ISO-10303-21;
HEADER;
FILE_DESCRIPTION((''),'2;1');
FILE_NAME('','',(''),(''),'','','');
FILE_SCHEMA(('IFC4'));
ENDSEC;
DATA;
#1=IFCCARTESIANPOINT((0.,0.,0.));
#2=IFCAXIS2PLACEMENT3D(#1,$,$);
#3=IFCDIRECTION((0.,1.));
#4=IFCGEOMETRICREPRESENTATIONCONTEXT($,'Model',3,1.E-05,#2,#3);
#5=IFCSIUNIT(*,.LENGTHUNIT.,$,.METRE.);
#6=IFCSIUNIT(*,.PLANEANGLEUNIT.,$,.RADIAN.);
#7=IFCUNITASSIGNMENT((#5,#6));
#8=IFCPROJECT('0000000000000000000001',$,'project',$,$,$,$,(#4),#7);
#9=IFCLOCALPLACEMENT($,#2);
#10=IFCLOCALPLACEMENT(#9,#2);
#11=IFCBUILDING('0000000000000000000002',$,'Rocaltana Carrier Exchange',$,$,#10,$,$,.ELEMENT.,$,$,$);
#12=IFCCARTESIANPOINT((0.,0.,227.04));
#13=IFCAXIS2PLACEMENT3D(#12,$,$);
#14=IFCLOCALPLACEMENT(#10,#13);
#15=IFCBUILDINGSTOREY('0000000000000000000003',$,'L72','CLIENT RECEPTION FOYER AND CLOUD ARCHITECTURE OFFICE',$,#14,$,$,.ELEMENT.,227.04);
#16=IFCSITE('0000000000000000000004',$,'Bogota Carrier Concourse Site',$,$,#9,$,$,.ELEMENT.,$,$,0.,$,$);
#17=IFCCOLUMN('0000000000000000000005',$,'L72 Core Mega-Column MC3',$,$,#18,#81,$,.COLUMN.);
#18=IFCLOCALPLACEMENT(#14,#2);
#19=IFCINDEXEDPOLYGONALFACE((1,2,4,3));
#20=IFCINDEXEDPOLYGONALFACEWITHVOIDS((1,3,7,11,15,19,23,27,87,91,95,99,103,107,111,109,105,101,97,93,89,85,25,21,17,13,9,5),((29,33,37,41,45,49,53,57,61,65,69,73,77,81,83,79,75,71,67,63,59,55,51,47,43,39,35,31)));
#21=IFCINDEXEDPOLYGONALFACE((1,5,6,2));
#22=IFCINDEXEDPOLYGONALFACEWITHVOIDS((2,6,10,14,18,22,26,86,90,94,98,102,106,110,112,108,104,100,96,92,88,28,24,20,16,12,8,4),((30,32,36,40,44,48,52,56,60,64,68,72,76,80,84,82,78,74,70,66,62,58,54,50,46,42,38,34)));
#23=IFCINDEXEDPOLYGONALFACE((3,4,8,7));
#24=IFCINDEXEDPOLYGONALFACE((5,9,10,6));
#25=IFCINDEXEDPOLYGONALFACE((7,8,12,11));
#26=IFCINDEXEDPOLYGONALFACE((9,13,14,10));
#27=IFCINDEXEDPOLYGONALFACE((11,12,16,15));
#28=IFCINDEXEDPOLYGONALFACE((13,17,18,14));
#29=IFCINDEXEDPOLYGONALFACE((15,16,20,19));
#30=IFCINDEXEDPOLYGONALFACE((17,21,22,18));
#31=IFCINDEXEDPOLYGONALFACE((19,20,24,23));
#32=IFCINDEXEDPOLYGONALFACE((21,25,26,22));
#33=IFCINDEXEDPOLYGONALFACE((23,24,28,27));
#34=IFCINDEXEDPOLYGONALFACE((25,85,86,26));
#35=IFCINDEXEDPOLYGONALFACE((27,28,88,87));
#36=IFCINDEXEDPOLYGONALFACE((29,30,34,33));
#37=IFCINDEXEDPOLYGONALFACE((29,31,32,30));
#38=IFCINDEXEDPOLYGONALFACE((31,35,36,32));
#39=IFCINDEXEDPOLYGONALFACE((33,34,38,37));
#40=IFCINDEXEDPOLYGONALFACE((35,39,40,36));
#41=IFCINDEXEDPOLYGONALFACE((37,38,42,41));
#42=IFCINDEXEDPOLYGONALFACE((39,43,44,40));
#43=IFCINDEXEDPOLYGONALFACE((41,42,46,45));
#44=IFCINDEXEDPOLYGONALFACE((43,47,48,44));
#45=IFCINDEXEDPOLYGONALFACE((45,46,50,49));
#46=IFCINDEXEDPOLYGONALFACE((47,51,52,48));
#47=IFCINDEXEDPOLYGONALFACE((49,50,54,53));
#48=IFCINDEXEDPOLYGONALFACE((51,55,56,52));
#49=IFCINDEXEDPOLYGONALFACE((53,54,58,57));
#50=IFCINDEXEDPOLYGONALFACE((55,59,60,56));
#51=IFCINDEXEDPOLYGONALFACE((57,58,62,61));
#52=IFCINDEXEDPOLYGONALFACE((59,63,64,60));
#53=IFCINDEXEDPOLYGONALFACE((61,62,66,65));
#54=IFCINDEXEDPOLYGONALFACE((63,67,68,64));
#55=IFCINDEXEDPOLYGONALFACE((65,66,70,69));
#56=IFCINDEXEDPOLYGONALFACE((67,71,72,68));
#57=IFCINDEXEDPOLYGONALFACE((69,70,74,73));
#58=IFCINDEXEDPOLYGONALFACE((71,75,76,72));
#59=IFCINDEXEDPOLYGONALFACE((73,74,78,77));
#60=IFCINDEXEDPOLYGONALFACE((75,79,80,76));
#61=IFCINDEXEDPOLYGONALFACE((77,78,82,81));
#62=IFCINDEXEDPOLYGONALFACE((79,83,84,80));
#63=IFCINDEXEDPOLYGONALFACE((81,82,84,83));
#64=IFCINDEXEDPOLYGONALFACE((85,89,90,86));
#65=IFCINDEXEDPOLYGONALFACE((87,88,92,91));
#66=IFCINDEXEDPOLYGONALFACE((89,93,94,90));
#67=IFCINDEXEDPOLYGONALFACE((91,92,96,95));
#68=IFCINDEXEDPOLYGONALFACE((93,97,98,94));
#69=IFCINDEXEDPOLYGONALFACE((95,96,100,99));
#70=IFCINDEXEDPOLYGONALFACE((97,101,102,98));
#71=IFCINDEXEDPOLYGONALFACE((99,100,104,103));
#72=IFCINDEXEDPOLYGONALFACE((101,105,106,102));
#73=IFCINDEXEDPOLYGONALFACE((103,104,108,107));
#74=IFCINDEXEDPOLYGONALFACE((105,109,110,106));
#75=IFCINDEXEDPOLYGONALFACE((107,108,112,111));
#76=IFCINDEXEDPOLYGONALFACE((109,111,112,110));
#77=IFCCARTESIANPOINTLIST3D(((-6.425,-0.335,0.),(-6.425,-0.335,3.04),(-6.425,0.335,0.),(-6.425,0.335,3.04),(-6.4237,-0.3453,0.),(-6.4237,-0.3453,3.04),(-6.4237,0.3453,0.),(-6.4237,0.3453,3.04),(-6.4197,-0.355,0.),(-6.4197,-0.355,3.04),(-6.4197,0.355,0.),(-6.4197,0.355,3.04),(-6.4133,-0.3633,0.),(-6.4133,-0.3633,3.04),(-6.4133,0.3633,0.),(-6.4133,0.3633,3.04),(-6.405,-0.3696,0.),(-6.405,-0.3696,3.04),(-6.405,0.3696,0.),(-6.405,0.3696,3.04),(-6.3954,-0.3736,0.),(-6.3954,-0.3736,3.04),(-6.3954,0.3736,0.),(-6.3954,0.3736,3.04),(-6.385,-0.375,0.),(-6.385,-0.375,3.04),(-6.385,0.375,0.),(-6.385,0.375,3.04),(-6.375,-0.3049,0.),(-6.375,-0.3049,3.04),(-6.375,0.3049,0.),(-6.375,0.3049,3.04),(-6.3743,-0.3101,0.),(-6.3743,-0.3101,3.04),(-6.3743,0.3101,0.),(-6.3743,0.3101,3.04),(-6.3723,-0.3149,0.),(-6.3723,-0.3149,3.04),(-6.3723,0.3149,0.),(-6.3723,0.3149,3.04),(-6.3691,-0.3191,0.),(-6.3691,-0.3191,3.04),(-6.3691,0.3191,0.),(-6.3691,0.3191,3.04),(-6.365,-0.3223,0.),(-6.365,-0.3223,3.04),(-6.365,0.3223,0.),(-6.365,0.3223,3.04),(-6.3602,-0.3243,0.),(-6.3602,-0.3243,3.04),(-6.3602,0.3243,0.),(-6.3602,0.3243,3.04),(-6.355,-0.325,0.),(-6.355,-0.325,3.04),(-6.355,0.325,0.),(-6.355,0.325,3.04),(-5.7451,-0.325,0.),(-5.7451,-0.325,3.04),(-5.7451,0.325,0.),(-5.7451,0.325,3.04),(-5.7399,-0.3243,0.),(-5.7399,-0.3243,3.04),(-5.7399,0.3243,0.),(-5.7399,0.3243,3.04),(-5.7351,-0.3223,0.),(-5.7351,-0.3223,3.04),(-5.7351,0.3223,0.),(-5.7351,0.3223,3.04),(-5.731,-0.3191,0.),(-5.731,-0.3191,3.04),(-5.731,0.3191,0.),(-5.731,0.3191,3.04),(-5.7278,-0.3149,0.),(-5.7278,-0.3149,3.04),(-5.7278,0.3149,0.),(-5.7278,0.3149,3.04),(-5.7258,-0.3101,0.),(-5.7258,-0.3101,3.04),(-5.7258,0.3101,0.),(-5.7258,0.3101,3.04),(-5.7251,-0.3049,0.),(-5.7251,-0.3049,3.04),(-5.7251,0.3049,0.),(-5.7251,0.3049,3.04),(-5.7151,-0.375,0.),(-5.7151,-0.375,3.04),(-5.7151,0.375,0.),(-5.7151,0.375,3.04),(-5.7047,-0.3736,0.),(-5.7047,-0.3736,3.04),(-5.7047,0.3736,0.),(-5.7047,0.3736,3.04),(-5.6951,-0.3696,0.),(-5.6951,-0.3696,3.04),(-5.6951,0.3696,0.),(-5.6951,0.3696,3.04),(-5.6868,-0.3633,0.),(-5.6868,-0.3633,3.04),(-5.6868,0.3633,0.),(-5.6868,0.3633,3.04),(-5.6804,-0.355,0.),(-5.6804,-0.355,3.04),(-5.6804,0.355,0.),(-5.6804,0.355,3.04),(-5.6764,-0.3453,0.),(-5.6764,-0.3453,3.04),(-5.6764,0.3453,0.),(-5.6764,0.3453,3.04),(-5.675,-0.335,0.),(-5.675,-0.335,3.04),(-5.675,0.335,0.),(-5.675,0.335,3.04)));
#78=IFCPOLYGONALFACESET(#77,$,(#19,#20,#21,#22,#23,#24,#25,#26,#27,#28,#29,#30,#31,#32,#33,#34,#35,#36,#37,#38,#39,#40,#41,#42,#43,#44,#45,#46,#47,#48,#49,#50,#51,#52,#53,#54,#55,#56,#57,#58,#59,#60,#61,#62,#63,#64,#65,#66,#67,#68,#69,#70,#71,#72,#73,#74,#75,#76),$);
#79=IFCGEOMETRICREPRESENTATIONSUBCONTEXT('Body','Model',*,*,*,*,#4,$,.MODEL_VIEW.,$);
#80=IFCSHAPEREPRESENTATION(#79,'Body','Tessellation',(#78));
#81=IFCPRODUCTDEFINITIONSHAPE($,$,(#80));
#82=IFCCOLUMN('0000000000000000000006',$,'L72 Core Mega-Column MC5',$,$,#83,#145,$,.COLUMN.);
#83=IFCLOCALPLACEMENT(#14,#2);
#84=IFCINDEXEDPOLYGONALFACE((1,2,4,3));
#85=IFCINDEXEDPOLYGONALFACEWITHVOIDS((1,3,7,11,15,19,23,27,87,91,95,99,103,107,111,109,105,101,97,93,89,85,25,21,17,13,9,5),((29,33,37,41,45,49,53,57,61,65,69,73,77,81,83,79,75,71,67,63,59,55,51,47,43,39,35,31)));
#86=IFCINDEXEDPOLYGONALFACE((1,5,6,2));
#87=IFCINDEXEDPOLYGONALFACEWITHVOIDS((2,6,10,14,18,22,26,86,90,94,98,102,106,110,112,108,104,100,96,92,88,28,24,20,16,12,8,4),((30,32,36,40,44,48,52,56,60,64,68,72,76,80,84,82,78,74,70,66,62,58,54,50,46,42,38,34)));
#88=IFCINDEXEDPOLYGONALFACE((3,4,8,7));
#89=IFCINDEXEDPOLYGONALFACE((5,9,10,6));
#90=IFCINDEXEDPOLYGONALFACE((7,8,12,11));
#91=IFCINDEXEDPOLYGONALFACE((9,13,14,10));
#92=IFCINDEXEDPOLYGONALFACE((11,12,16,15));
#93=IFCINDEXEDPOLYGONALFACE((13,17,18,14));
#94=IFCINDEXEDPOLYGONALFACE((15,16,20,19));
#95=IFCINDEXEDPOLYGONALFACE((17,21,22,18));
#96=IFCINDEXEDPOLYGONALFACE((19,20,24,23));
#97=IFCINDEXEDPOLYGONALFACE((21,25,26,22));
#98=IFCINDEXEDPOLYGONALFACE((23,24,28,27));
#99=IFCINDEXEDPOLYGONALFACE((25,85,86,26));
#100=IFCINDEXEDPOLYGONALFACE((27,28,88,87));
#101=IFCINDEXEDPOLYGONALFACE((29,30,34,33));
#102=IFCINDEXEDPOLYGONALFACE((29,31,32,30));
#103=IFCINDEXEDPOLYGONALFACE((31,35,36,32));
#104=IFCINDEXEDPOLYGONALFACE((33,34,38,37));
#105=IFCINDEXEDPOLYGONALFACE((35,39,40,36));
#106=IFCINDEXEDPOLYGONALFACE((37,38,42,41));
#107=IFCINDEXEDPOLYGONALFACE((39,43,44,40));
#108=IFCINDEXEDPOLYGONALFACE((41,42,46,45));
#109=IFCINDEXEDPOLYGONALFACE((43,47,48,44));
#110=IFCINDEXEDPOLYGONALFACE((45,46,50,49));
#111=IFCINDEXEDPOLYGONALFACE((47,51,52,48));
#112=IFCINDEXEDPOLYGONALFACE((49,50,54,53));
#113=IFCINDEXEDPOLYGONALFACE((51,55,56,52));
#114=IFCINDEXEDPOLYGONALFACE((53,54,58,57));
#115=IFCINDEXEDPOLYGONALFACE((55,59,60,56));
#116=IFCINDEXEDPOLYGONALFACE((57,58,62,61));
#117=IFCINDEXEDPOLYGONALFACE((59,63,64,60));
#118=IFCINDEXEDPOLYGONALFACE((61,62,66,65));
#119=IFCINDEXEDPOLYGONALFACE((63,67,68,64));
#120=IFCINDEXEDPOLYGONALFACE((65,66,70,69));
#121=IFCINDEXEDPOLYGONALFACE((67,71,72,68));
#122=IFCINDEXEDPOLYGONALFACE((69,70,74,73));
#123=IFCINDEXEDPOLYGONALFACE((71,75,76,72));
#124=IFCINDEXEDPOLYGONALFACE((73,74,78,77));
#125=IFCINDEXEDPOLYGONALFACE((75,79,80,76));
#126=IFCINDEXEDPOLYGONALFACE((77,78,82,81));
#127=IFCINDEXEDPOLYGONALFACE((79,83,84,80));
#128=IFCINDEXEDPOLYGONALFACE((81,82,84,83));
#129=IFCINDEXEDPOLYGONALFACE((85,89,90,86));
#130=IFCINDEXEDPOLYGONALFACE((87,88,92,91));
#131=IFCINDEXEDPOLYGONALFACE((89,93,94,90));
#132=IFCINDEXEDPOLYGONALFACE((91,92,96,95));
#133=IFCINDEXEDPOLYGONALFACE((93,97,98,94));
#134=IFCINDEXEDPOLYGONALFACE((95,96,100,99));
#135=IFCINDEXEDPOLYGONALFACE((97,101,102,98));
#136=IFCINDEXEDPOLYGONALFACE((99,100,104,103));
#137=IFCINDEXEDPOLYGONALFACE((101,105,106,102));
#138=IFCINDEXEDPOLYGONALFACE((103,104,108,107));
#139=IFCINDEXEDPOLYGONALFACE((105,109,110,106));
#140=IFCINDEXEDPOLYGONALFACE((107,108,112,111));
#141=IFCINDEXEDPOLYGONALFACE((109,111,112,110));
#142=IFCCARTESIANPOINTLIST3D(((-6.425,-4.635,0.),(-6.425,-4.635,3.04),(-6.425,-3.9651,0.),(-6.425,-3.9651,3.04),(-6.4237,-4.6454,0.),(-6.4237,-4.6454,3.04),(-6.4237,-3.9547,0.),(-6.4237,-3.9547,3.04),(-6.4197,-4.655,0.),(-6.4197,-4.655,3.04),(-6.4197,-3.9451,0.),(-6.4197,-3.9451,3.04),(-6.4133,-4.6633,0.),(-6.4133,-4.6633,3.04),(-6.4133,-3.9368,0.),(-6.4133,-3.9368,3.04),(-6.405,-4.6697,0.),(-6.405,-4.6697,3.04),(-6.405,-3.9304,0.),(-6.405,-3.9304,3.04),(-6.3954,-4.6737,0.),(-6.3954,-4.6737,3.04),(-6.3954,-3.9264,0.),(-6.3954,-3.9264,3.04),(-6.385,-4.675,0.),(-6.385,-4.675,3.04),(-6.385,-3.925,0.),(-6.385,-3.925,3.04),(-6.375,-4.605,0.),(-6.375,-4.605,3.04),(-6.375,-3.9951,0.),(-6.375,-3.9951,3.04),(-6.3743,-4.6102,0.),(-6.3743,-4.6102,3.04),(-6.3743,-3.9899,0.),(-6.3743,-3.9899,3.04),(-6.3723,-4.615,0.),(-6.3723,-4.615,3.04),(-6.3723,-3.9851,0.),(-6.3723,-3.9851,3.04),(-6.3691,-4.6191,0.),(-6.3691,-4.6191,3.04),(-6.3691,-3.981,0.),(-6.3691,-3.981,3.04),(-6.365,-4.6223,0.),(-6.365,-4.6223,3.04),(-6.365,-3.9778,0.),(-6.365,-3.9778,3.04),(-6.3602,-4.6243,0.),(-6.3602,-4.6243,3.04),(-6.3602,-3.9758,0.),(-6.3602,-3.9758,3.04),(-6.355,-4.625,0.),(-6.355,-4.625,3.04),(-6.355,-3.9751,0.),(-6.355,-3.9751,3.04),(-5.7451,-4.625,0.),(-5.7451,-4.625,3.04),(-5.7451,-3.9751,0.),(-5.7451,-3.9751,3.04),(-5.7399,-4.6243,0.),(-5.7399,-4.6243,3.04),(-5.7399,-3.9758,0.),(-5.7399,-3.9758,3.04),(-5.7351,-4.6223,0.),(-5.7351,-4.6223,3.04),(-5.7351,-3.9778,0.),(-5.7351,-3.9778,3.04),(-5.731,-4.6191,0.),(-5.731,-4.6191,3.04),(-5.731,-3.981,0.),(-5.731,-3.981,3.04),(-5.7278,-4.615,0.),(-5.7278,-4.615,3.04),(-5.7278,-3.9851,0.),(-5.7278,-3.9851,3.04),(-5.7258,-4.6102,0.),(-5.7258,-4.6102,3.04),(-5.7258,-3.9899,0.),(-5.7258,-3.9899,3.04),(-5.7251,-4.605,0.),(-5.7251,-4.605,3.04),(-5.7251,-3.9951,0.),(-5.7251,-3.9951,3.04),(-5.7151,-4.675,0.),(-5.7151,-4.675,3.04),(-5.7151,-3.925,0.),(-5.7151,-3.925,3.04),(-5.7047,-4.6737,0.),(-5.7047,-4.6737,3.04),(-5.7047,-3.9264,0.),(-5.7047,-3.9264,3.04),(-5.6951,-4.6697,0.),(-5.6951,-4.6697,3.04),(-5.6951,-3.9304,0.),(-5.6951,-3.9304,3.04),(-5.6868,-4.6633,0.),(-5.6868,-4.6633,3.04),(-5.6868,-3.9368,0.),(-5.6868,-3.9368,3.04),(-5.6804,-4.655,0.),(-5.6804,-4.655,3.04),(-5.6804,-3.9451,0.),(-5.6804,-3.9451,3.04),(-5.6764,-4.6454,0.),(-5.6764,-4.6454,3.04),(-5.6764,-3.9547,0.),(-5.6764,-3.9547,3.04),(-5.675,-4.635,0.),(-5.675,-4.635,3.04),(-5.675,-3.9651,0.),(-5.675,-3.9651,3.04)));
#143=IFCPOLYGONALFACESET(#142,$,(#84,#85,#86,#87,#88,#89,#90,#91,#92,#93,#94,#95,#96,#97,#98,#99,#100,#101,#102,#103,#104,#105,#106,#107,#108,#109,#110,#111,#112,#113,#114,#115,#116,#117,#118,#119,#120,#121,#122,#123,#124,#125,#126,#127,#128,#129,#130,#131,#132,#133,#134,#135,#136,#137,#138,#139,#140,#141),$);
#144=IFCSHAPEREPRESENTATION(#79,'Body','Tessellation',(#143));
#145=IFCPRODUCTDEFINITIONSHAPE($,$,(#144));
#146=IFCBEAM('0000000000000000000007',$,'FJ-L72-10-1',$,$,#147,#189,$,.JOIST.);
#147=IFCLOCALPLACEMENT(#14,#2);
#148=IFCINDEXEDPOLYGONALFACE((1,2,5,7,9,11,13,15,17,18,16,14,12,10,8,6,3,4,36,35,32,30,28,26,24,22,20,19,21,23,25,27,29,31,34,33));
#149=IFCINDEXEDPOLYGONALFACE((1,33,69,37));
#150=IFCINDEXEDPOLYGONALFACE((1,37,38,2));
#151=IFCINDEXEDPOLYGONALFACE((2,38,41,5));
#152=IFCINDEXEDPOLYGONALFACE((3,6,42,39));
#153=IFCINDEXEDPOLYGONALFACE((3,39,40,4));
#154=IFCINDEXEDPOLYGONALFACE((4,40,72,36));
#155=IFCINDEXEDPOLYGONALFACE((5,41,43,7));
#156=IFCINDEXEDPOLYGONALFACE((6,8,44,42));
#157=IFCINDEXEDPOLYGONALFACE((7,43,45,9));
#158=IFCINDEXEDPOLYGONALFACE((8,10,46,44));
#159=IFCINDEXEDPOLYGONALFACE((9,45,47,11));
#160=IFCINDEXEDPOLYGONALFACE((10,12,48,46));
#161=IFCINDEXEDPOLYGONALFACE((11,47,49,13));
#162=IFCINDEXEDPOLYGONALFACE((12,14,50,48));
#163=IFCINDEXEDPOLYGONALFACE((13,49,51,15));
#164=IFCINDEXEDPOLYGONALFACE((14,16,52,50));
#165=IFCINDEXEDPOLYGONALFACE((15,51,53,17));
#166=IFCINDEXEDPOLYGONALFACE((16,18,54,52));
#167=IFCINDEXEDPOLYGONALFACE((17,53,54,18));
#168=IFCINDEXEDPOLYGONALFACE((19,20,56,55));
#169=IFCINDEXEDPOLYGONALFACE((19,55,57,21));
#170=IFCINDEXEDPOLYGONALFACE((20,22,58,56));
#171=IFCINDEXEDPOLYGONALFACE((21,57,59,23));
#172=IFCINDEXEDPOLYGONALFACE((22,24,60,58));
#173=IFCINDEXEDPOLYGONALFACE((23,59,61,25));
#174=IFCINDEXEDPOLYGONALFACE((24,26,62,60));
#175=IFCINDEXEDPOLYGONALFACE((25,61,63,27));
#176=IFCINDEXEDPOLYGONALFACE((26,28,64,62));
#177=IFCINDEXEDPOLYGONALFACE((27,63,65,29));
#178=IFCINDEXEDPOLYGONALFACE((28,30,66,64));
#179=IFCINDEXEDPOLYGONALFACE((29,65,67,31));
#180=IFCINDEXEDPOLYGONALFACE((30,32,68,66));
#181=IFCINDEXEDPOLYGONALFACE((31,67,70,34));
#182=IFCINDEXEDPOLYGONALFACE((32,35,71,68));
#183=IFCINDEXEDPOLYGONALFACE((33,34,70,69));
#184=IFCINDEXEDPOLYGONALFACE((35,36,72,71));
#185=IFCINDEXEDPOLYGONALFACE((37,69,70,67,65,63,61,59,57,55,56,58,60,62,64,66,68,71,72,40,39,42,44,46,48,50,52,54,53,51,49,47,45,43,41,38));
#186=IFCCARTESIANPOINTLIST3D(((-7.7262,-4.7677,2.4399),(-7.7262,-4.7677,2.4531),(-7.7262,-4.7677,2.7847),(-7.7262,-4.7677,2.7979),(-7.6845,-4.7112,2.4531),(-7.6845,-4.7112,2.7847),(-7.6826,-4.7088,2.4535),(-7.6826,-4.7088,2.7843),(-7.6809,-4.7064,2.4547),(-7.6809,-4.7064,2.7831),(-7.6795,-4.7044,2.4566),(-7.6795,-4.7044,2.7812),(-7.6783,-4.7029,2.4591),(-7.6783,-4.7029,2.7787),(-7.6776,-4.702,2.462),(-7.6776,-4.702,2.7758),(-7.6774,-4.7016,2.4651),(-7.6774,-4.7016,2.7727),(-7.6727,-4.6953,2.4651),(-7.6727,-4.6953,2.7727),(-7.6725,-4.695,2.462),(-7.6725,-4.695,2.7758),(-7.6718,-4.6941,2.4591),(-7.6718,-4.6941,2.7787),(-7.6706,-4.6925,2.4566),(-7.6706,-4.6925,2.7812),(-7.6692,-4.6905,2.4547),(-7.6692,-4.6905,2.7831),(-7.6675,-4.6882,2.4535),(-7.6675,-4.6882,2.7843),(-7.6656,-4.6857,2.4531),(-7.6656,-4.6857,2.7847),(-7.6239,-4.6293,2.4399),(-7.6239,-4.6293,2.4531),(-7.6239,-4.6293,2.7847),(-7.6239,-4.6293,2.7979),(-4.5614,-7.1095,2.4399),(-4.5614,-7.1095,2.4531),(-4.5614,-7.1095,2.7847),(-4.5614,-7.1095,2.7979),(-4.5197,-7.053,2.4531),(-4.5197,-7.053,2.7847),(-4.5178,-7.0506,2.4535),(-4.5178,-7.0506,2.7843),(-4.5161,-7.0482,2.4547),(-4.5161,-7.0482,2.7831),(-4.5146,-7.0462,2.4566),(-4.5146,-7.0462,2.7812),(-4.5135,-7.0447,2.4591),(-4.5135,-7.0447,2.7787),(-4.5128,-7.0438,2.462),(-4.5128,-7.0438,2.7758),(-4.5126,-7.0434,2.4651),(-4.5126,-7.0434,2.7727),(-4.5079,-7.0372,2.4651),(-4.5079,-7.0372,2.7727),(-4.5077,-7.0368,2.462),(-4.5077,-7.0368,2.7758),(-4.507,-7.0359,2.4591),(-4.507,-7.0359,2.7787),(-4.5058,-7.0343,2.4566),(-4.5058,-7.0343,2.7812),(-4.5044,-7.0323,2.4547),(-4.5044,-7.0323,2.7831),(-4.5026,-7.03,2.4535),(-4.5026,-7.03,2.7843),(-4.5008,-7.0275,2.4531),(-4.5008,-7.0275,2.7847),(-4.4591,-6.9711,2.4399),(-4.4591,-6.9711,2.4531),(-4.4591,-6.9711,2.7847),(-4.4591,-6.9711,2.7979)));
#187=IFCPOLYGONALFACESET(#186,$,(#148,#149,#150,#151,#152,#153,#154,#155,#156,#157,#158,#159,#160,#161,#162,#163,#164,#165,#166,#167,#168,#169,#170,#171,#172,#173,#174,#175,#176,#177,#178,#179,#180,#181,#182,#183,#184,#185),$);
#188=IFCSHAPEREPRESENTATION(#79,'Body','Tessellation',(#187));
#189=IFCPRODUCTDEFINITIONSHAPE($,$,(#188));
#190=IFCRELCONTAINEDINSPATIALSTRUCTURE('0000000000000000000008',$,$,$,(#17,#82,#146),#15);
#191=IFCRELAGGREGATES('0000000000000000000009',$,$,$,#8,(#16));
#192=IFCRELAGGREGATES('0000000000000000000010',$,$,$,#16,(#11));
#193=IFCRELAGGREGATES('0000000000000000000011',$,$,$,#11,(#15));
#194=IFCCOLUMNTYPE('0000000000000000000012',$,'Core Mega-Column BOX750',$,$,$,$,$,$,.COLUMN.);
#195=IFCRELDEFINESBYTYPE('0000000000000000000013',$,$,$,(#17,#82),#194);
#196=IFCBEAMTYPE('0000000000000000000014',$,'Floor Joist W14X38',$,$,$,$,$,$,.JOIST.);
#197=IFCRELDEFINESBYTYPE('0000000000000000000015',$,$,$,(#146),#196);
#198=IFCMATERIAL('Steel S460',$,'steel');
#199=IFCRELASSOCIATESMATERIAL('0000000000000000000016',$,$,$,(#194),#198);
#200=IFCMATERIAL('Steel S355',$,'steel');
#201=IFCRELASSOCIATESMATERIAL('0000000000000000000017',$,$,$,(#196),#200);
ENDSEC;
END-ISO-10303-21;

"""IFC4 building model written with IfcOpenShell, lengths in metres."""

from ifc_helpers import new_model, si_unit, direction, frame, origin, origin_2d, place, context, subcontext, project, spatial, hollow_rectangle, i_section, extrude, material, material_profile, profile_set, type_object, element, save


model = new_model("IFC4")

# Units and contexts
model_context = context("Model", 3, precision=1e-05, world=origin(), true_north=direction((0.0, 1.0)))
body_context = subcontext(model_context, "Body", "Model", "MODEL_VIEW")
ifc_project = project(units=[si_unit("LENGTHUNIT", "METRE"), si_unit("PLANEANGLEUNIT", "RADIAN")], contexts=[model_context])

# Site, building, storey
site_placement = place(None, origin())
site = spatial("IfcSite", under=ifc_project, at=site_placement, Name="Bogota Carrier Concourse Site", CompositionType="ELEMENT", RefElevation=0.0)
building_placement = place(site_placement, origin())
building = spatial("IfcBuilding", under=site, at=building_placement, Name="Rocaltana Carrier Exchange", CompositionType="ELEMENT")
storey_placement = place(building_placement, frame((0.0, 0.0, 227.04)))
storey = spatial("IfcBuildingStorey", under=building, at=storey_placement, Name="L72", Description="CLIENT RECEPTION FOYER AND CLOUD ARCHITECTURE OFFICE", CompositionType="ELEMENT", Elevation=227.04)

# Columns
ifc_material_1 = material(Name="Steel S460", Category="steel")
ifc_material_profile_1 = material_profile(ifc_material_1, hollow_rectangle(XDim=0.75, YDim=0.75, WallThickness=0.05, InnerFilletRadius=0.02, OuterFilletRadius=0.04, at=origin_2d()), Name="BOX750X750X50")
ifc_profile_set_1 = profile_set([ifc_material_profile_1], Name="Steel S460")
column_type = type_object("IfcColumnType", Name="Core Mega-Column BOX750", PredefinedType="COLUMN", material=ifc_profile_set_1)
for number, where, z_axis, x_axis, name in (
    (1, (-6.05, 0.0, 0.0), (0.0, 0.0, 1.0), (1.0, 0.0, 0.0), "L72 Core Mega-Column MC3"),
    (2, (-6.05, -4.3, 0.0), (0.0, 0.0, 1.0), (1.0, 0.0, 0.0), "L72 Core Mega-Column MC5"),
):
    element("IfcColumn", number, at=place(storey_placement, frame(where, z_axis=z_axis, x_axis=x_axis)), inside=storey, type_object=column_type, Name=name, PredefinedType="COLUMN", context=body_context, shape_type="SweptSolid", body=[
        extrude(hollow_rectangle(XDim=0.75, YDim=0.75, WallThickness=0.05, InnerFilletRadius=0.02, OuterFilletRadius=0.04, at=origin_2d()), origin(), (0.0, 0.0, 1.0), 3.04),
    ])

# Beam
ifc_material_2 = material(Name="Steel S355", Category="steel")
ifc_material_profile_2 = material_profile(ifc_material_2, i_section(OverallWidth=0.1721, OverallDepth=0.3579, WebThickness=0.0078, FlangeThickness=0.0132, FilletRadius=0.012, at=origin_2d()), Name="W14X38")
ifc_profile_set_2 = profile_set([ifc_material_profile_2], Name="Steel S355")
beam_type_1 = type_object("IfcBeamType", Name="Floor Joist W14X38", PredefinedType="JOIST", material=ifc_profile_set_2)
beam_1_placement = place(storey_placement, frame((-7.675, -4.6985, 2.6189), z_axis=(0.80386, -0.594818, 0.0), x_axis=(0.594818, 0.80386, 0.0)))
element("IfcBeam", 3, at=beam_1_placement, inside=storey, type_object=beam_type_1, Name="FJ-L72-10-1", PredefinedType="JOIST", context=body_context, shape_type="SweptSolid", body=[
    extrude(i_section(OverallWidth=0.1721, OverallDepth=0.3579, WebThickness=0.0078, FlangeThickness=0.0132, FilletRadius=0.012, at=origin_2d()), origin(), (0.0, 0.0, 1.0), 3.937),
])

save(model, "model.ifc")
